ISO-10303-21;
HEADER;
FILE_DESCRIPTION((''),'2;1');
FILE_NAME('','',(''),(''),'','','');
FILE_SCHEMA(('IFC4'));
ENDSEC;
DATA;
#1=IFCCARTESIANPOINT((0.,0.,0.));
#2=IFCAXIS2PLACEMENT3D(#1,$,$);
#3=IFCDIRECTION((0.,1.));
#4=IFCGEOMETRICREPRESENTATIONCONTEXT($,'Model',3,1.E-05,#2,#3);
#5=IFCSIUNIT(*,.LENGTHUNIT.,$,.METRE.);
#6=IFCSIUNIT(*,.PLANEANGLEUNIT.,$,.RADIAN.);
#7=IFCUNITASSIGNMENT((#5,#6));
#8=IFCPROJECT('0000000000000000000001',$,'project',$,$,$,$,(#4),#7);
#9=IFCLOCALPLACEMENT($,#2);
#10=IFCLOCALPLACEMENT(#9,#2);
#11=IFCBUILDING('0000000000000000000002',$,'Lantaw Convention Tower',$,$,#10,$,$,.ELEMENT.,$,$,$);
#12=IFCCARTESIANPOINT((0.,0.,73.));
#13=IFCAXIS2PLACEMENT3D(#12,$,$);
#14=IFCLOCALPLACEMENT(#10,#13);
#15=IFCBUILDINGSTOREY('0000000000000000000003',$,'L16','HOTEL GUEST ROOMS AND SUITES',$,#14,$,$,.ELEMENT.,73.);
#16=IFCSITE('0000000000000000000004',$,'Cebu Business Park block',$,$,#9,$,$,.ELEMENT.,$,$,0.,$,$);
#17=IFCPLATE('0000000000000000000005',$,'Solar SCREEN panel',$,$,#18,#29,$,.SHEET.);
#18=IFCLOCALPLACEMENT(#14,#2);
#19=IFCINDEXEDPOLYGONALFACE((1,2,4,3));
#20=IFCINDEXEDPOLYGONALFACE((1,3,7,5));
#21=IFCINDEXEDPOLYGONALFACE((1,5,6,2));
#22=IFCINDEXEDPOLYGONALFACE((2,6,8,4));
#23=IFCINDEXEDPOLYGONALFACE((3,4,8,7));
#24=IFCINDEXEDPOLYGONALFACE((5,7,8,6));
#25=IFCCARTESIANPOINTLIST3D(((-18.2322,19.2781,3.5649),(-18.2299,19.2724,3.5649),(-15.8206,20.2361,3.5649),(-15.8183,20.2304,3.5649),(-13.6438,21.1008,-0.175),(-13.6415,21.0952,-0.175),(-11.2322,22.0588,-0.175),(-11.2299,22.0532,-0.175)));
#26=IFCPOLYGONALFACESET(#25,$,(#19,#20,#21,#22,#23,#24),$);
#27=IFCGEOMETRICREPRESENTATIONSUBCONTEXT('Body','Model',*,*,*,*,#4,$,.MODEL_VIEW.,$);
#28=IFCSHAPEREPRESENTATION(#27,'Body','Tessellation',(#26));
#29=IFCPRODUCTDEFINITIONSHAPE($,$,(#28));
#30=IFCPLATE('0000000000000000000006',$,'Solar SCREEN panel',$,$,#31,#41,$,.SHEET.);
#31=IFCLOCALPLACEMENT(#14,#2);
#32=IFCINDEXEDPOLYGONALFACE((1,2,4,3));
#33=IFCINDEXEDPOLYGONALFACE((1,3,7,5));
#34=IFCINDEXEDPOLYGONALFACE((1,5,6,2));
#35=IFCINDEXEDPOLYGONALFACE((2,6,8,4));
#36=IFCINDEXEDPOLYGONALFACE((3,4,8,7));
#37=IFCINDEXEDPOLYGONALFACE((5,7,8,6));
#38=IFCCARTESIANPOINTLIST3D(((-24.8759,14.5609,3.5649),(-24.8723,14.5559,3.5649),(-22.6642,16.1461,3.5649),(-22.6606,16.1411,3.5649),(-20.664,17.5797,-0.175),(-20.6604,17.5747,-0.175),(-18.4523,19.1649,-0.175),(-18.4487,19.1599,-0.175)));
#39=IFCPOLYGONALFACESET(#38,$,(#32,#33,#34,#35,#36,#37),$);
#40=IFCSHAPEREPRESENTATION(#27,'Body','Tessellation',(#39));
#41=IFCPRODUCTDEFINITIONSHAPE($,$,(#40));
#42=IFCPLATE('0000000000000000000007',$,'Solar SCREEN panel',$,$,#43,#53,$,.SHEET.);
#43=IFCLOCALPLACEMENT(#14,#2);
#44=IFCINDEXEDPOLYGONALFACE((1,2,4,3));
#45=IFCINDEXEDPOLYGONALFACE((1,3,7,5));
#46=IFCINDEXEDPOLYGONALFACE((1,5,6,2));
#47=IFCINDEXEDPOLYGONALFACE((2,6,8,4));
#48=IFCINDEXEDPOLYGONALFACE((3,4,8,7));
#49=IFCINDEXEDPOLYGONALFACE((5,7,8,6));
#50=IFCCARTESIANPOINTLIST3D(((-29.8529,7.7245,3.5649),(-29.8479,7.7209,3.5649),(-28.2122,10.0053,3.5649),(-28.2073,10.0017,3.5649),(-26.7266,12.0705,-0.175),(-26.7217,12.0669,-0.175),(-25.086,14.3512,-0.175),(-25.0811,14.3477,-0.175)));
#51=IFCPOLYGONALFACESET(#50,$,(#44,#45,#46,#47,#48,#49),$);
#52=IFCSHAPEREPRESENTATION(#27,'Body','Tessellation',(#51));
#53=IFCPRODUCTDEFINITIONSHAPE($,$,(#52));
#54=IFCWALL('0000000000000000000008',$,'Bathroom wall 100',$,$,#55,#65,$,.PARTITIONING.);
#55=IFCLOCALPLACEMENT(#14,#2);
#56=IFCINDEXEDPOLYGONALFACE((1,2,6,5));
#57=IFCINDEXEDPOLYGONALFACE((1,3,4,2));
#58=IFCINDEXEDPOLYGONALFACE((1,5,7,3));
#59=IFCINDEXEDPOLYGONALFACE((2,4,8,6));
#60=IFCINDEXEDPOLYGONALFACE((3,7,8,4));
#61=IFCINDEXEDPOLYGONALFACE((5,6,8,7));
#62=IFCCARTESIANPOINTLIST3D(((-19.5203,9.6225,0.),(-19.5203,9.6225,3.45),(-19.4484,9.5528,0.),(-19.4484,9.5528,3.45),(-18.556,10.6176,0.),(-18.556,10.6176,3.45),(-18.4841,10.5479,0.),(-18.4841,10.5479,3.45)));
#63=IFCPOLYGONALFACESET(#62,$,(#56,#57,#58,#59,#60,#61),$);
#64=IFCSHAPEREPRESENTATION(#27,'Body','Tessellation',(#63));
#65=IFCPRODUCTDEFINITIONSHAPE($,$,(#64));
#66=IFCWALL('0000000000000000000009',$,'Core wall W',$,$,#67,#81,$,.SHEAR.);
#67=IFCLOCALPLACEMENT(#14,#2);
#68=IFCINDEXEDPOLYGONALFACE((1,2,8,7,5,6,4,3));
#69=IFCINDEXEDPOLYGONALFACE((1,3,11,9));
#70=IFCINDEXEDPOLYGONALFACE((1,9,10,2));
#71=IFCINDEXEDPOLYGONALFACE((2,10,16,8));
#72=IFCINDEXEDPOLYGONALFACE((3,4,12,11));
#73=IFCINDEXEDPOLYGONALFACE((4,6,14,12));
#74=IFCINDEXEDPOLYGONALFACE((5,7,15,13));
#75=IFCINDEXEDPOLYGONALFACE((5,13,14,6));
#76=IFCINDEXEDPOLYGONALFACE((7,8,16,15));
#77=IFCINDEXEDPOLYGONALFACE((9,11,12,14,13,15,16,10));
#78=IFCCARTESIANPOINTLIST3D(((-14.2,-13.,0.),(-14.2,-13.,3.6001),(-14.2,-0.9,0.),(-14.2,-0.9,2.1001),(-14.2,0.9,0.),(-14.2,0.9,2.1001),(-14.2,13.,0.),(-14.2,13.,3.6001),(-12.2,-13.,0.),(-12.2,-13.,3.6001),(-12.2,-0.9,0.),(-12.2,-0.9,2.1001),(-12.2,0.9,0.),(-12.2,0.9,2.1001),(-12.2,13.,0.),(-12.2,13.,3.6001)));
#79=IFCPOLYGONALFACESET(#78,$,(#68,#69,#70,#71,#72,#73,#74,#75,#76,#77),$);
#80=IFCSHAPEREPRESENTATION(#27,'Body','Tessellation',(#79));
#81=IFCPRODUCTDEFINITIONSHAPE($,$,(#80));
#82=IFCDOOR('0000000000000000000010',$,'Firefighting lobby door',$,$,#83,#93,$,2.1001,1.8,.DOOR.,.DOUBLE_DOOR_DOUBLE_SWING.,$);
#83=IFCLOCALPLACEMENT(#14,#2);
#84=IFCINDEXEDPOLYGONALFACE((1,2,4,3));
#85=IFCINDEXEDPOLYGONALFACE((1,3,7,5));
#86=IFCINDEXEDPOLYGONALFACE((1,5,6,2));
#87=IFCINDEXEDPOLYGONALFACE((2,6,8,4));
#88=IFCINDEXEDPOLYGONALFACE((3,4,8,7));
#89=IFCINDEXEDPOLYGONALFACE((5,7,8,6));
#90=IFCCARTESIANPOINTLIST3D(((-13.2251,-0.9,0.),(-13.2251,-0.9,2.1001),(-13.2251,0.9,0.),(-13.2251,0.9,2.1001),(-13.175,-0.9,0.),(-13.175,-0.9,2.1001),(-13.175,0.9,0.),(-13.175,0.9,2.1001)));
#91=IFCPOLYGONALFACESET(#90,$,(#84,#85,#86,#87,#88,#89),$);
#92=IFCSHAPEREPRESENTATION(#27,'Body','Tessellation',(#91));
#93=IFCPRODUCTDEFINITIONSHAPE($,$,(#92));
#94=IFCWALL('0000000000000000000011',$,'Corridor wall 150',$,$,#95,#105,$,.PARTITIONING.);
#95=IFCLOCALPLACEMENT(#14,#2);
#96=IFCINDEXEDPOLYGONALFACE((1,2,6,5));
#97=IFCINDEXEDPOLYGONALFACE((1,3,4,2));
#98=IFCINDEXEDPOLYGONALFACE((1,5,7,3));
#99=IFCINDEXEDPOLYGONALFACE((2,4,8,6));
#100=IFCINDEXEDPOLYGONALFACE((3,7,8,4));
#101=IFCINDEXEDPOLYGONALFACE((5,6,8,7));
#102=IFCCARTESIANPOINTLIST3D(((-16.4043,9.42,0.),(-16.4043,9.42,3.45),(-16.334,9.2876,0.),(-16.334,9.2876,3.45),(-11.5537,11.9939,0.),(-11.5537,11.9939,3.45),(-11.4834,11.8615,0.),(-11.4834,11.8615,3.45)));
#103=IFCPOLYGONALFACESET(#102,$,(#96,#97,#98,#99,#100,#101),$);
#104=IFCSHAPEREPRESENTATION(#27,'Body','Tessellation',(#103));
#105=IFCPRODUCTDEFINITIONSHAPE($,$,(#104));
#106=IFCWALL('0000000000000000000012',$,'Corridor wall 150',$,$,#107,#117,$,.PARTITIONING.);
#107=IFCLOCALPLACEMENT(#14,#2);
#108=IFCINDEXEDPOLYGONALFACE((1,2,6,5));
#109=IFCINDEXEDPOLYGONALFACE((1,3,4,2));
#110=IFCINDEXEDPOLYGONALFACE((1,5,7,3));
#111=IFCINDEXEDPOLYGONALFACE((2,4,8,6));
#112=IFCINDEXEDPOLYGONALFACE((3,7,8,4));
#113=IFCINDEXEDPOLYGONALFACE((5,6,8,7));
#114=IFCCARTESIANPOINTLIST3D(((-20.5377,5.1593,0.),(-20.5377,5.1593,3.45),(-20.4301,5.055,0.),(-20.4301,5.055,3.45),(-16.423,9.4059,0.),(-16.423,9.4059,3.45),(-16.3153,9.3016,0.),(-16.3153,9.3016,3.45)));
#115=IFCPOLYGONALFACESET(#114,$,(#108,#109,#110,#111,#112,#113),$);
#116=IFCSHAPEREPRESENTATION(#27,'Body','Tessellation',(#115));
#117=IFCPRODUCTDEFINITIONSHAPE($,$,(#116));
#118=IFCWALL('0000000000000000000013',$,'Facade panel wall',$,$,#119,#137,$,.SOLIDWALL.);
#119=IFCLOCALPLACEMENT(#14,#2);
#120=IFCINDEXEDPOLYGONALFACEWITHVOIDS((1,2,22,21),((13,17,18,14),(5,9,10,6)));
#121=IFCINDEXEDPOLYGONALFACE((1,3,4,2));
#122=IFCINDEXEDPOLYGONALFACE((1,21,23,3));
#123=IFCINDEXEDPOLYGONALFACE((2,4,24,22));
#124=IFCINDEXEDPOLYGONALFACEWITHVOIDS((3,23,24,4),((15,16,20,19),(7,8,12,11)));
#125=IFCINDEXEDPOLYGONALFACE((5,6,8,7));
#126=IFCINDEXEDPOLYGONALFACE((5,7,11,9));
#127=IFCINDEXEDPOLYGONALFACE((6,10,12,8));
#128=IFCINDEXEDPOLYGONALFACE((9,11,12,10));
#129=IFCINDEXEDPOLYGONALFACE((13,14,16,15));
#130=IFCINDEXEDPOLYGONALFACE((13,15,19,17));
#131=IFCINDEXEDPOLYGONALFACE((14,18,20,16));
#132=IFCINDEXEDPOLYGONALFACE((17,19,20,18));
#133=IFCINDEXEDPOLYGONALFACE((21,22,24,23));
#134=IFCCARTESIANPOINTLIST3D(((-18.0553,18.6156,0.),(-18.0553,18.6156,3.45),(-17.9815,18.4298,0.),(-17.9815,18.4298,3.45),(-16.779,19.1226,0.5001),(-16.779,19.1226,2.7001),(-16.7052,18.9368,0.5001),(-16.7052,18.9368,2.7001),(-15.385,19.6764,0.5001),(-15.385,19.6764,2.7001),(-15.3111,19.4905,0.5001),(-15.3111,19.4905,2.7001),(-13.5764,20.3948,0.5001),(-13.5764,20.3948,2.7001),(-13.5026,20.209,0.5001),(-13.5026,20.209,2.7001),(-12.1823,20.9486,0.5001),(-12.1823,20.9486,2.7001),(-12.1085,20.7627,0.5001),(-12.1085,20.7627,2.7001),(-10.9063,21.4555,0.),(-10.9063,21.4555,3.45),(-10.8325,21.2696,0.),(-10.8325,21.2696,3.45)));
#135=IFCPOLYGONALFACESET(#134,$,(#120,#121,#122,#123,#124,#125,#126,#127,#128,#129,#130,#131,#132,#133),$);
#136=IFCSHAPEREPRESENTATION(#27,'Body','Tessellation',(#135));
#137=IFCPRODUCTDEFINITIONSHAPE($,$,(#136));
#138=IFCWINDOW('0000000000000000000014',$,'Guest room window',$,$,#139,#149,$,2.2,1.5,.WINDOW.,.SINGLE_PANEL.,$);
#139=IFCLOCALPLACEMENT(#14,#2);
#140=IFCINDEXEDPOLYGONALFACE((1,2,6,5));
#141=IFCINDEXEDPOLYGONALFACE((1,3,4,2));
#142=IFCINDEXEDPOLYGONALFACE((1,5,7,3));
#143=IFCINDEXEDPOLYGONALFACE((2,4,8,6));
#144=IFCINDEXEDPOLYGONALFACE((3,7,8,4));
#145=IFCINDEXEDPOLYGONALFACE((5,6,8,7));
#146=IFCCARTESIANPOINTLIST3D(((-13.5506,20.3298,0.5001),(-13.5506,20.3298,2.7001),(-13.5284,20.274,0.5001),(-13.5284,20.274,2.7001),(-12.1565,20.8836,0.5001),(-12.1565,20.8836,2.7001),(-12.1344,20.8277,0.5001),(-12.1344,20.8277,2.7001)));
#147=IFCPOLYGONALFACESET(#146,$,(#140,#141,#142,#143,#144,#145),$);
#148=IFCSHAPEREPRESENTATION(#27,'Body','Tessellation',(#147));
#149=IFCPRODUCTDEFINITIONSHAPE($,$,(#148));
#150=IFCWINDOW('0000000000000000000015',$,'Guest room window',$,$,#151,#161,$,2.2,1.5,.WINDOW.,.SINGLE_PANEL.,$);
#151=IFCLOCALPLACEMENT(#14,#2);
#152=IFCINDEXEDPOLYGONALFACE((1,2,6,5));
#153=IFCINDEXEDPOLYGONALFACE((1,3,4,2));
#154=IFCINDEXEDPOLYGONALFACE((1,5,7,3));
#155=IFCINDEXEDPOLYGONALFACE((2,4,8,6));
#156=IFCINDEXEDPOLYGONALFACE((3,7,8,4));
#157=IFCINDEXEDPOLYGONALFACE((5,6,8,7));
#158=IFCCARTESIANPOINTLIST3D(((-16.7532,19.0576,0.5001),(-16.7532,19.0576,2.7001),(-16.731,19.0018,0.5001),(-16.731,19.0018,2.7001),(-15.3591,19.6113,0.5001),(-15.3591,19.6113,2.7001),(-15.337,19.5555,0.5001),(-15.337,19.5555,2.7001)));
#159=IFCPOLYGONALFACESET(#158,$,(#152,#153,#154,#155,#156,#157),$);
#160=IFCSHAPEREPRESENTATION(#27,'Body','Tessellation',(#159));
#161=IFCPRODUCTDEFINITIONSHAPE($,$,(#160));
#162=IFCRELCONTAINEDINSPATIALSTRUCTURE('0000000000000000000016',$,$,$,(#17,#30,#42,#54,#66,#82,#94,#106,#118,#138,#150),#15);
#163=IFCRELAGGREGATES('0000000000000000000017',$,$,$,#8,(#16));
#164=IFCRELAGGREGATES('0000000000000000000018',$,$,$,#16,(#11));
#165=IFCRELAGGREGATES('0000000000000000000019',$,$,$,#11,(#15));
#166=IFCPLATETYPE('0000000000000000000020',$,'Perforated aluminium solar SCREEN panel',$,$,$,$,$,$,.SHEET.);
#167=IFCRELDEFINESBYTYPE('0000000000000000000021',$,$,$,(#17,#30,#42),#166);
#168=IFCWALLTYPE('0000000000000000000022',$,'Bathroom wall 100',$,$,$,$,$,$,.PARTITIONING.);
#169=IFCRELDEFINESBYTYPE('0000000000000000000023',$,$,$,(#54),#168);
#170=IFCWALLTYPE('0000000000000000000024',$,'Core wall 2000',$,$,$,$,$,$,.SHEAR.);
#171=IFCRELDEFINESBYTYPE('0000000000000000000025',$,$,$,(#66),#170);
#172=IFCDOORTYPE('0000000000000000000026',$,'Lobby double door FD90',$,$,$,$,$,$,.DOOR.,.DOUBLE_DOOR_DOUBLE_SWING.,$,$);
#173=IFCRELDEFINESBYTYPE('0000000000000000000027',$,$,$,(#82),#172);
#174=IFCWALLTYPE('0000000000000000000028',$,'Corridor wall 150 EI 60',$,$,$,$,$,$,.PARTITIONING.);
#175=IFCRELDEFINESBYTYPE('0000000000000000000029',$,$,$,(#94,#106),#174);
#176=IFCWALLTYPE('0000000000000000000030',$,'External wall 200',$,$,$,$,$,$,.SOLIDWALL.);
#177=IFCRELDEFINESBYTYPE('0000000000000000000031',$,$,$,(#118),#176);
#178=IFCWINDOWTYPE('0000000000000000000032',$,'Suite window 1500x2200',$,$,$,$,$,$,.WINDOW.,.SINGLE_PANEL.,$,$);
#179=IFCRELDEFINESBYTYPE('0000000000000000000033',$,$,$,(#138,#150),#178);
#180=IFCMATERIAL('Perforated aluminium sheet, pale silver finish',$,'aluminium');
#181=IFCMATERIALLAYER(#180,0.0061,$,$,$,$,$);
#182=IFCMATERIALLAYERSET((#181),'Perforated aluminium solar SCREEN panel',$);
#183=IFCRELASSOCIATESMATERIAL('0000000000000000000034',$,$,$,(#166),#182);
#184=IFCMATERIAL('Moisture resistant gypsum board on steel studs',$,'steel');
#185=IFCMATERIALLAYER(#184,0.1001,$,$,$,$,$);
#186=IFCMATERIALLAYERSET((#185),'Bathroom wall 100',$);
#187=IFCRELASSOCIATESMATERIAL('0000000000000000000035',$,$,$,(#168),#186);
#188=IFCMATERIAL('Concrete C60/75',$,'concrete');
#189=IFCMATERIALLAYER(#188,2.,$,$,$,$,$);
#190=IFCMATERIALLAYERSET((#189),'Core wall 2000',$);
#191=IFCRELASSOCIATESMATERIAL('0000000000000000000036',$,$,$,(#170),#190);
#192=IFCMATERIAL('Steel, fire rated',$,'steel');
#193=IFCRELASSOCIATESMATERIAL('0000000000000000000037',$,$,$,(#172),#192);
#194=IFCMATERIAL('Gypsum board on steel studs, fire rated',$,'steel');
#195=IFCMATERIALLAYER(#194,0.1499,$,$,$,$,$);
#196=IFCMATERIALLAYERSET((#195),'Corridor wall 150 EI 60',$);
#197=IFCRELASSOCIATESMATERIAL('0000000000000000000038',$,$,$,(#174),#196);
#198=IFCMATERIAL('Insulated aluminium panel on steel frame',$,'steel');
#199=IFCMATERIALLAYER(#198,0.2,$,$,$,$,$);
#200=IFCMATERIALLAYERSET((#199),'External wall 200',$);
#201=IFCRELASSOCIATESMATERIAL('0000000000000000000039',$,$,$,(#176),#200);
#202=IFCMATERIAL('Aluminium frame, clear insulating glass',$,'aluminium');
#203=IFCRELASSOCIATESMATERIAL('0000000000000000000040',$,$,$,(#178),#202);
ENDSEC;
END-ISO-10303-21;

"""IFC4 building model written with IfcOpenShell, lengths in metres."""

from ifc_helpers import new_model, si_unit, direction, frame, frame_2d, origin, place, context, subcontext, project, spatial, polyline, rectangle, outline, extrude, material, layer, layer_set, type_object, element, fill, save


model = new_model("IFC4")

# Units and contexts
model_context = context("Model", 3, precision=1e-05, world=origin(), true_north=direction((0.0, 1.0)))
body_context = subcontext(model_context, "Body", "Model", "MODEL_VIEW")
ifc_project = project(units=[si_unit("LENGTHUNIT", "METRE"), si_unit("PLANEANGLEUNIT", "RADIAN")], contexts=[model_context])

# Site, building, storey
site_placement = place(None, origin())
site = spatial("IfcSite", under=ifc_project, at=site_placement, Name="Cebu Business Park block", CompositionType="ELEMENT", RefElevation=0.0)
building_placement = place(site_placement, origin())
building = spatial("IfcBuilding", under=site, at=building_placement, Name="Lantaw Convention Tower", CompositionType="ELEMENT")
storey_placement = place(building_placement, frame((0.0, 0.0, 73.0)))
storey = spatial("IfcBuildingStorey", under=building, at=storey_placement, Name="L16", Description="HOTEL GUEST ROOMS AND SUITES", CompositionType="ELEMENT", Elevation=73.0)

# Shared definitions
ifc_material_1 = material(Name="Concrete C60/75", Category="concrete")

# Plates
ifc_material_2 = material(Name="Perforated aluminium sheet, pale silver finish", Category="aluminium")
ifc_layer_1 = layer(ifc_material_2, 0.0061)
ifc_layer_set_1 = layer_set([ifc_layer_1], Name="Perforated aluminium solar SCREEN panel")
plate_type = type_object("IfcPlateType", Name="Perforated aluminium solar SCREEN panel", PredefinedType="SHEET", material=ifc_layer_set_1)
plate_1_placement = place(storey_placement, frame((-11.2322, 22.0588, -0.175), z_axis=(-0.369184, 0.929357, 0.000009), x_axis=(-0.929357, -0.369184, 0.0)))
element("IfcPlate", 1, at=plate_1_placement, inside=storey, type_object=plate_type, Name="Solar SCREEN panel", PredefinedType="SHEET", context=body_context, shape_type="SweptSolid", body=[
    extrude(outline(polyline([(0.0, 0.0), (2.5949, 0.0), (7.5321, 3.74), (4.9372, 3.74), (0.0, 0.0)])), origin(), (0.0, 0.0, -1.0), 0.0061),
])
plate_2_placement = place(storey_placement, frame((-18.4487, 19.1599, -0.175), z_axis=(0.582561, -0.812787, 0.000016), x_axis=(-0.812787, -0.582561, 0.0)))
element("IfcPlate", 2, at=plate_2_placement, inside=storey, type_object=plate_type, Name="Solar SCREEN panel", PredefinedType="SHEET", context=body_context, shape_type="SweptSolid", body=[
    extrude(outline(polyline([(0.0, 0.0), (2.7211, 0.0), (7.9031, -3.74), (5.182, -3.74), (0.0, 0.0)])), origin(), (0.0, 0.0, -1.0), 0.0061),
])
plate_3_placement = place(storey_placement, frame((-25.0811, 14.3477, -0.175), z_axis=(0.811791, -0.583948, 0.000009), x_axis=(-0.583948, -0.811791, 0.0)))
element("IfcPlate", 3, at=plate_3_placement, inside=storey, type_object=plate_type, Name="Solar SCREEN panel", PredefinedType="SHEET", context=body_context, shape_type="SweptSolid", body=[
    extrude(outline(polyline([(0.0, 0.0), (2.8095, 0.0), (8.1631, -3.74), (5.3536, -3.74), (0.0, 0.0)])), origin(), (0.0, 0.0, -1.0), 0.0061),
])

# Wall
ifc_material_3 = material(Name="Moisture resistant gypsum board on steel studs", Category="steel")
ifc_layer_2 = layer(ifc_material_3, 0.1001)
ifc_layer_set_2 = layer_set([ifc_layer_2], Name="Bathroom wall 100")
wall_type_1 = type_object("IfcWallType", Name="Bathroom wall 100", PredefinedType="PARTITIONING", material=ifc_layer_set_2)
wall_1_placement = place(storey_placement, frame((-19.4844, 9.5876, 0.0), z_axis=(0.0, 0.0, 1.0), x_axis=(0.69592, 0.718119, 0.0)))
element("IfcWall", 4, at=wall_1_placement, inside=storey, type_object=wall_type_1, Name="Bathroom wall 100", PredefinedType="PARTITIONING", context=body_context, shape_type="SweptSolid", body=[
    extrude(rectangle(XDim=1.3857, YDim=0.1001, at=frame_2d((0.6929, 0.0))), origin(), (0.0, 0.0, 1.0), 3.45),
])

# Wall, opening, door
ifc_layer_3 = layer(ifc_material_1, 2.0)
ifc_layer_set_3 = layer_set([ifc_layer_3], Name="Core wall 2000")
wall_type_2 = type_object("IfcWallType", Name="Core wall 2000", PredefinedType="SHEAR", material=ifc_layer_set_3)
wall_2_placement = place(storey_placement, frame((-13.2, 13.0, 0.0), z_axis=(0.0, 0.0, 1.0), x_axis=(0.0, -1.0, 0.0)))
wall_2 = element("IfcWall", 5, at=wall_2_placement, inside=storey, type_object=wall_type_2, Name="Core wall W", PredefinedType="SHEAR", context=body_context, shape_type="SweptSolid", body=[
    extrude(rectangle(XDim=26.0, YDim=2.0, at=frame_2d((13.0, 0.0))), origin(), (0.0, 0.0, 1.0), 3.6001),
])
opening_1_placement = place(wall_2_placement, frame((12.1001, 0.0, 0.0)))
opening_1 = element("IfcOpeningElement", 6, at=opening_1_placement, cuts=wall_2, PredefinedType="OPENING", context=body_context, shape_type="SweptSolid", body=[
    extrude(rectangle(XDim=1.8, YDim=2.1001, at=frame_2d((0.8999, 1.05))), frame((0.0, 1.01, 0.0), z_axis=(0.0, -1.0, 0.0), x_axis=(1.0, 0.0, 0.0)), (0.0, 0.0, 1.0), 2.02),
])
ifc_material_4 = material(Name="Steel, fire rated", Category="steel")
door_type = type_object("IfcDoorType", Name="Lobby double door FD90", OperationType="DOUBLE_DOOR_DOUBLE_SWING", PredefinedType="DOOR", material=ifc_material_4)
door_placement = place(opening_1_placement, origin())
door = element("IfcDoor", 7, at=door_placement, inside=storey, type_object=door_type, Name="Firefighting lobby door", OperationType="DOUBLE_DOOR_DOUBLE_SWING", OverallHeight=2.1001, OverallWidth=1.8, PredefinedType="DOOR", context=body_context, shape_type="SweptSolid", body=[
    extrude(rectangle(XDim=1.8, YDim=2.1001, at=frame_2d((0.8999, 1.05))), frame((0.0, 0.0249, 0.0), z_axis=(0.0, -1.0, 0.0), x_axis=(1.0, 0.0, 0.0)), (0.0, 0.0, 1.0), 0.05),
])
fill(opening_1, door)

# Walls
ifc_material_5 = material(Name="Gypsum board on steel studs, fire rated", Category="steel")
ifc_layer_4 = layer(ifc_material_5, 0.1499)
ifc_layer_set_4 = layer_set([ifc_layer_4], Name="Corridor wall 150 EI 60")
wall_type_3 = type_object("IfcWallType", Name="Corridor wall 150 EI 60", PredefinedType="PARTITIONING", material=ifc_layer_set_4)
wall_3_placement = place(storey_placement, frame((-11.5186, 11.9277, 0.0), z_axis=(0.0, 0.0, 1.0), x_axis=(-0.883334, -0.468743, 0.0)))
element("IfcWall", 8, at=wall_3_placement, inside=storey, type_object=wall_type_3, Name="Corridor wall 150", PredefinedType="PARTITIONING", context=body_context, shape_type="SweptSolid", body=[
    extrude(rectangle(XDim=5.4912, YDim=0.1499, at=frame_2d((2.7456, 0.0))), origin(), (0.0, 0.0, 1.0), 3.45),
])
wall_4_placement = place(storey_placement, frame((-16.3691, 9.3538, 0.0), z_axis=(0.0, 0.0, 1.0), x_axis=(-0.695871, -0.718167, 0.0)))
element("IfcWall", 9, at=wall_4_placement, inside=storey, type_object=wall_type_3, Name="Corridor wall 150", PredefinedType="PARTITIONING", context=body_context, shape_type="SweptSolid", body=[
    extrude(rectangle(XDim=5.9131, YDim=0.1499, at=frame_2d((2.9565, 0.0))), origin(), (0.0, 0.0, 1.0), 3.45),
])

# Wall, openings, windows
ifc_material_6 = material(Name="Insulated aluminium panel on steel frame", Category="steel")
ifc_layer_5 = layer(ifc_material_6, 0.2)
ifc_layer_set_5 = layer_set([ifc_layer_5], Name="External wall 200")
wall_type_4 = type_object("IfcWallType", Name="External wall 200", PredefinedType="SOLIDWALL", material=ifc_layer_set_5)
wall_5_placement = place(storey_placement, frame((-10.8694, 21.3625, 0.0), z_axis=(0.0, 0.0, 1.0), x_axis=(-0.929358, -0.369179, 0.0)))
wall_5 = element("IfcWall", 10, at=wall_5_placement, inside=storey, type_object=wall_type_4, Name="Facade panel wall", PredefinedType="SOLIDWALL", context=body_context, shape_type="SweptSolid", body=[
    extrude(rectangle(XDim=7.6924, YDim=0.2, at=frame_2d((3.8462, 0.0))), origin(), (0.0, 0.0, 1.0), 3.45),
])
opening_2_placement = place(wall_5_placement, frame((1.373, 0.0, 0.5)))
opening_2 = element("IfcOpeningElement", 11, at=opening_2_placement, cuts=wall_5, PredefinedType="OPENING", context=body_context, shape_type="SweptSolid", body=[
    extrude(rectangle(XDim=1.5, YDim=2.2, at=frame_2d((0.75, 1.1001))), frame((0.0, 0.1099, 0.0), z_axis=(0.0, -1.0, 0.0), x_axis=(1.0, 0.0, 0.0)), (0.0, 0.0, 1.0), 0.22),
])
opening_3_placement = place(wall_5_placement, frame((4.8191, 0.0, 0.5)))
opening_3 = element("IfcOpeningElement", 12, at=opening_3_placement, cuts=wall_5, PredefinedType="OPENING", context=body_context, shape_type="SweptSolid", body=[
    extrude(rectangle(XDim=1.5, YDim=2.2, at=frame_2d((0.75, 1.1001))), frame((0.0, 0.1099, 0.0), z_axis=(0.0, -1.0, 0.0), x_axis=(1.0, 0.0, 0.0)), (0.0, 0.0, 1.0), 0.22),
])
ifc_material_7 = material(Name="Aluminium frame, clear insulating glass", Category="aluminium")
window_type = type_object("IfcWindowType", Name="Suite window 1500x2200", PartitioningType="SINGLE_PANEL", PredefinedType="WINDOW", material=ifc_material_7)
window_1_placement = place(opening_2_placement, origin())
window_1 = element("IfcWindow", 13, at=window_1_placement, inside=storey, type_object=window_type, Name="Guest room window", OverallHeight=2.2, OverallWidth=1.5, PartitioningType="SINGLE_PANEL", PredefinedType="WINDOW", context=body_context, shape_type="SweptSolid", body=[
    extrude(rectangle(XDim=1.5, YDim=2.2, at=frame_2d((0.75, 1.1001))), frame((0.0, 0.03, 0.0), z_axis=(0.0, -1.0, 0.0), x_axis=(1.0, 0.0, 0.0)), (0.0, 0.0, 1.0), 0.0601),
])
fill(opening_2, window_1)
window_2_placement = place(opening_3_placement, origin())
window_2 = element("IfcWindow", 14, at=window_2_placement, inside=storey, type_object=window_type, Name="Guest room window", OverallHeight=2.2, OverallWidth=1.5, PartitioningType="SINGLE_PANEL", PredefinedType="WINDOW", context=body_context, shape_type="SweptSolid", body=[
    extrude(rectangle(XDim=1.5, YDim=2.2, at=frame_2d((0.75, 1.1001))), frame((0.0, 0.03, 0.0), z_axis=(0.0, -1.0, 0.0), x_axis=(1.0, 0.0, 0.0)), (0.0, 0.0, 1.0), 0.0601),
])
fill(opening_3, window_2)

save(model, "model.ifc")
